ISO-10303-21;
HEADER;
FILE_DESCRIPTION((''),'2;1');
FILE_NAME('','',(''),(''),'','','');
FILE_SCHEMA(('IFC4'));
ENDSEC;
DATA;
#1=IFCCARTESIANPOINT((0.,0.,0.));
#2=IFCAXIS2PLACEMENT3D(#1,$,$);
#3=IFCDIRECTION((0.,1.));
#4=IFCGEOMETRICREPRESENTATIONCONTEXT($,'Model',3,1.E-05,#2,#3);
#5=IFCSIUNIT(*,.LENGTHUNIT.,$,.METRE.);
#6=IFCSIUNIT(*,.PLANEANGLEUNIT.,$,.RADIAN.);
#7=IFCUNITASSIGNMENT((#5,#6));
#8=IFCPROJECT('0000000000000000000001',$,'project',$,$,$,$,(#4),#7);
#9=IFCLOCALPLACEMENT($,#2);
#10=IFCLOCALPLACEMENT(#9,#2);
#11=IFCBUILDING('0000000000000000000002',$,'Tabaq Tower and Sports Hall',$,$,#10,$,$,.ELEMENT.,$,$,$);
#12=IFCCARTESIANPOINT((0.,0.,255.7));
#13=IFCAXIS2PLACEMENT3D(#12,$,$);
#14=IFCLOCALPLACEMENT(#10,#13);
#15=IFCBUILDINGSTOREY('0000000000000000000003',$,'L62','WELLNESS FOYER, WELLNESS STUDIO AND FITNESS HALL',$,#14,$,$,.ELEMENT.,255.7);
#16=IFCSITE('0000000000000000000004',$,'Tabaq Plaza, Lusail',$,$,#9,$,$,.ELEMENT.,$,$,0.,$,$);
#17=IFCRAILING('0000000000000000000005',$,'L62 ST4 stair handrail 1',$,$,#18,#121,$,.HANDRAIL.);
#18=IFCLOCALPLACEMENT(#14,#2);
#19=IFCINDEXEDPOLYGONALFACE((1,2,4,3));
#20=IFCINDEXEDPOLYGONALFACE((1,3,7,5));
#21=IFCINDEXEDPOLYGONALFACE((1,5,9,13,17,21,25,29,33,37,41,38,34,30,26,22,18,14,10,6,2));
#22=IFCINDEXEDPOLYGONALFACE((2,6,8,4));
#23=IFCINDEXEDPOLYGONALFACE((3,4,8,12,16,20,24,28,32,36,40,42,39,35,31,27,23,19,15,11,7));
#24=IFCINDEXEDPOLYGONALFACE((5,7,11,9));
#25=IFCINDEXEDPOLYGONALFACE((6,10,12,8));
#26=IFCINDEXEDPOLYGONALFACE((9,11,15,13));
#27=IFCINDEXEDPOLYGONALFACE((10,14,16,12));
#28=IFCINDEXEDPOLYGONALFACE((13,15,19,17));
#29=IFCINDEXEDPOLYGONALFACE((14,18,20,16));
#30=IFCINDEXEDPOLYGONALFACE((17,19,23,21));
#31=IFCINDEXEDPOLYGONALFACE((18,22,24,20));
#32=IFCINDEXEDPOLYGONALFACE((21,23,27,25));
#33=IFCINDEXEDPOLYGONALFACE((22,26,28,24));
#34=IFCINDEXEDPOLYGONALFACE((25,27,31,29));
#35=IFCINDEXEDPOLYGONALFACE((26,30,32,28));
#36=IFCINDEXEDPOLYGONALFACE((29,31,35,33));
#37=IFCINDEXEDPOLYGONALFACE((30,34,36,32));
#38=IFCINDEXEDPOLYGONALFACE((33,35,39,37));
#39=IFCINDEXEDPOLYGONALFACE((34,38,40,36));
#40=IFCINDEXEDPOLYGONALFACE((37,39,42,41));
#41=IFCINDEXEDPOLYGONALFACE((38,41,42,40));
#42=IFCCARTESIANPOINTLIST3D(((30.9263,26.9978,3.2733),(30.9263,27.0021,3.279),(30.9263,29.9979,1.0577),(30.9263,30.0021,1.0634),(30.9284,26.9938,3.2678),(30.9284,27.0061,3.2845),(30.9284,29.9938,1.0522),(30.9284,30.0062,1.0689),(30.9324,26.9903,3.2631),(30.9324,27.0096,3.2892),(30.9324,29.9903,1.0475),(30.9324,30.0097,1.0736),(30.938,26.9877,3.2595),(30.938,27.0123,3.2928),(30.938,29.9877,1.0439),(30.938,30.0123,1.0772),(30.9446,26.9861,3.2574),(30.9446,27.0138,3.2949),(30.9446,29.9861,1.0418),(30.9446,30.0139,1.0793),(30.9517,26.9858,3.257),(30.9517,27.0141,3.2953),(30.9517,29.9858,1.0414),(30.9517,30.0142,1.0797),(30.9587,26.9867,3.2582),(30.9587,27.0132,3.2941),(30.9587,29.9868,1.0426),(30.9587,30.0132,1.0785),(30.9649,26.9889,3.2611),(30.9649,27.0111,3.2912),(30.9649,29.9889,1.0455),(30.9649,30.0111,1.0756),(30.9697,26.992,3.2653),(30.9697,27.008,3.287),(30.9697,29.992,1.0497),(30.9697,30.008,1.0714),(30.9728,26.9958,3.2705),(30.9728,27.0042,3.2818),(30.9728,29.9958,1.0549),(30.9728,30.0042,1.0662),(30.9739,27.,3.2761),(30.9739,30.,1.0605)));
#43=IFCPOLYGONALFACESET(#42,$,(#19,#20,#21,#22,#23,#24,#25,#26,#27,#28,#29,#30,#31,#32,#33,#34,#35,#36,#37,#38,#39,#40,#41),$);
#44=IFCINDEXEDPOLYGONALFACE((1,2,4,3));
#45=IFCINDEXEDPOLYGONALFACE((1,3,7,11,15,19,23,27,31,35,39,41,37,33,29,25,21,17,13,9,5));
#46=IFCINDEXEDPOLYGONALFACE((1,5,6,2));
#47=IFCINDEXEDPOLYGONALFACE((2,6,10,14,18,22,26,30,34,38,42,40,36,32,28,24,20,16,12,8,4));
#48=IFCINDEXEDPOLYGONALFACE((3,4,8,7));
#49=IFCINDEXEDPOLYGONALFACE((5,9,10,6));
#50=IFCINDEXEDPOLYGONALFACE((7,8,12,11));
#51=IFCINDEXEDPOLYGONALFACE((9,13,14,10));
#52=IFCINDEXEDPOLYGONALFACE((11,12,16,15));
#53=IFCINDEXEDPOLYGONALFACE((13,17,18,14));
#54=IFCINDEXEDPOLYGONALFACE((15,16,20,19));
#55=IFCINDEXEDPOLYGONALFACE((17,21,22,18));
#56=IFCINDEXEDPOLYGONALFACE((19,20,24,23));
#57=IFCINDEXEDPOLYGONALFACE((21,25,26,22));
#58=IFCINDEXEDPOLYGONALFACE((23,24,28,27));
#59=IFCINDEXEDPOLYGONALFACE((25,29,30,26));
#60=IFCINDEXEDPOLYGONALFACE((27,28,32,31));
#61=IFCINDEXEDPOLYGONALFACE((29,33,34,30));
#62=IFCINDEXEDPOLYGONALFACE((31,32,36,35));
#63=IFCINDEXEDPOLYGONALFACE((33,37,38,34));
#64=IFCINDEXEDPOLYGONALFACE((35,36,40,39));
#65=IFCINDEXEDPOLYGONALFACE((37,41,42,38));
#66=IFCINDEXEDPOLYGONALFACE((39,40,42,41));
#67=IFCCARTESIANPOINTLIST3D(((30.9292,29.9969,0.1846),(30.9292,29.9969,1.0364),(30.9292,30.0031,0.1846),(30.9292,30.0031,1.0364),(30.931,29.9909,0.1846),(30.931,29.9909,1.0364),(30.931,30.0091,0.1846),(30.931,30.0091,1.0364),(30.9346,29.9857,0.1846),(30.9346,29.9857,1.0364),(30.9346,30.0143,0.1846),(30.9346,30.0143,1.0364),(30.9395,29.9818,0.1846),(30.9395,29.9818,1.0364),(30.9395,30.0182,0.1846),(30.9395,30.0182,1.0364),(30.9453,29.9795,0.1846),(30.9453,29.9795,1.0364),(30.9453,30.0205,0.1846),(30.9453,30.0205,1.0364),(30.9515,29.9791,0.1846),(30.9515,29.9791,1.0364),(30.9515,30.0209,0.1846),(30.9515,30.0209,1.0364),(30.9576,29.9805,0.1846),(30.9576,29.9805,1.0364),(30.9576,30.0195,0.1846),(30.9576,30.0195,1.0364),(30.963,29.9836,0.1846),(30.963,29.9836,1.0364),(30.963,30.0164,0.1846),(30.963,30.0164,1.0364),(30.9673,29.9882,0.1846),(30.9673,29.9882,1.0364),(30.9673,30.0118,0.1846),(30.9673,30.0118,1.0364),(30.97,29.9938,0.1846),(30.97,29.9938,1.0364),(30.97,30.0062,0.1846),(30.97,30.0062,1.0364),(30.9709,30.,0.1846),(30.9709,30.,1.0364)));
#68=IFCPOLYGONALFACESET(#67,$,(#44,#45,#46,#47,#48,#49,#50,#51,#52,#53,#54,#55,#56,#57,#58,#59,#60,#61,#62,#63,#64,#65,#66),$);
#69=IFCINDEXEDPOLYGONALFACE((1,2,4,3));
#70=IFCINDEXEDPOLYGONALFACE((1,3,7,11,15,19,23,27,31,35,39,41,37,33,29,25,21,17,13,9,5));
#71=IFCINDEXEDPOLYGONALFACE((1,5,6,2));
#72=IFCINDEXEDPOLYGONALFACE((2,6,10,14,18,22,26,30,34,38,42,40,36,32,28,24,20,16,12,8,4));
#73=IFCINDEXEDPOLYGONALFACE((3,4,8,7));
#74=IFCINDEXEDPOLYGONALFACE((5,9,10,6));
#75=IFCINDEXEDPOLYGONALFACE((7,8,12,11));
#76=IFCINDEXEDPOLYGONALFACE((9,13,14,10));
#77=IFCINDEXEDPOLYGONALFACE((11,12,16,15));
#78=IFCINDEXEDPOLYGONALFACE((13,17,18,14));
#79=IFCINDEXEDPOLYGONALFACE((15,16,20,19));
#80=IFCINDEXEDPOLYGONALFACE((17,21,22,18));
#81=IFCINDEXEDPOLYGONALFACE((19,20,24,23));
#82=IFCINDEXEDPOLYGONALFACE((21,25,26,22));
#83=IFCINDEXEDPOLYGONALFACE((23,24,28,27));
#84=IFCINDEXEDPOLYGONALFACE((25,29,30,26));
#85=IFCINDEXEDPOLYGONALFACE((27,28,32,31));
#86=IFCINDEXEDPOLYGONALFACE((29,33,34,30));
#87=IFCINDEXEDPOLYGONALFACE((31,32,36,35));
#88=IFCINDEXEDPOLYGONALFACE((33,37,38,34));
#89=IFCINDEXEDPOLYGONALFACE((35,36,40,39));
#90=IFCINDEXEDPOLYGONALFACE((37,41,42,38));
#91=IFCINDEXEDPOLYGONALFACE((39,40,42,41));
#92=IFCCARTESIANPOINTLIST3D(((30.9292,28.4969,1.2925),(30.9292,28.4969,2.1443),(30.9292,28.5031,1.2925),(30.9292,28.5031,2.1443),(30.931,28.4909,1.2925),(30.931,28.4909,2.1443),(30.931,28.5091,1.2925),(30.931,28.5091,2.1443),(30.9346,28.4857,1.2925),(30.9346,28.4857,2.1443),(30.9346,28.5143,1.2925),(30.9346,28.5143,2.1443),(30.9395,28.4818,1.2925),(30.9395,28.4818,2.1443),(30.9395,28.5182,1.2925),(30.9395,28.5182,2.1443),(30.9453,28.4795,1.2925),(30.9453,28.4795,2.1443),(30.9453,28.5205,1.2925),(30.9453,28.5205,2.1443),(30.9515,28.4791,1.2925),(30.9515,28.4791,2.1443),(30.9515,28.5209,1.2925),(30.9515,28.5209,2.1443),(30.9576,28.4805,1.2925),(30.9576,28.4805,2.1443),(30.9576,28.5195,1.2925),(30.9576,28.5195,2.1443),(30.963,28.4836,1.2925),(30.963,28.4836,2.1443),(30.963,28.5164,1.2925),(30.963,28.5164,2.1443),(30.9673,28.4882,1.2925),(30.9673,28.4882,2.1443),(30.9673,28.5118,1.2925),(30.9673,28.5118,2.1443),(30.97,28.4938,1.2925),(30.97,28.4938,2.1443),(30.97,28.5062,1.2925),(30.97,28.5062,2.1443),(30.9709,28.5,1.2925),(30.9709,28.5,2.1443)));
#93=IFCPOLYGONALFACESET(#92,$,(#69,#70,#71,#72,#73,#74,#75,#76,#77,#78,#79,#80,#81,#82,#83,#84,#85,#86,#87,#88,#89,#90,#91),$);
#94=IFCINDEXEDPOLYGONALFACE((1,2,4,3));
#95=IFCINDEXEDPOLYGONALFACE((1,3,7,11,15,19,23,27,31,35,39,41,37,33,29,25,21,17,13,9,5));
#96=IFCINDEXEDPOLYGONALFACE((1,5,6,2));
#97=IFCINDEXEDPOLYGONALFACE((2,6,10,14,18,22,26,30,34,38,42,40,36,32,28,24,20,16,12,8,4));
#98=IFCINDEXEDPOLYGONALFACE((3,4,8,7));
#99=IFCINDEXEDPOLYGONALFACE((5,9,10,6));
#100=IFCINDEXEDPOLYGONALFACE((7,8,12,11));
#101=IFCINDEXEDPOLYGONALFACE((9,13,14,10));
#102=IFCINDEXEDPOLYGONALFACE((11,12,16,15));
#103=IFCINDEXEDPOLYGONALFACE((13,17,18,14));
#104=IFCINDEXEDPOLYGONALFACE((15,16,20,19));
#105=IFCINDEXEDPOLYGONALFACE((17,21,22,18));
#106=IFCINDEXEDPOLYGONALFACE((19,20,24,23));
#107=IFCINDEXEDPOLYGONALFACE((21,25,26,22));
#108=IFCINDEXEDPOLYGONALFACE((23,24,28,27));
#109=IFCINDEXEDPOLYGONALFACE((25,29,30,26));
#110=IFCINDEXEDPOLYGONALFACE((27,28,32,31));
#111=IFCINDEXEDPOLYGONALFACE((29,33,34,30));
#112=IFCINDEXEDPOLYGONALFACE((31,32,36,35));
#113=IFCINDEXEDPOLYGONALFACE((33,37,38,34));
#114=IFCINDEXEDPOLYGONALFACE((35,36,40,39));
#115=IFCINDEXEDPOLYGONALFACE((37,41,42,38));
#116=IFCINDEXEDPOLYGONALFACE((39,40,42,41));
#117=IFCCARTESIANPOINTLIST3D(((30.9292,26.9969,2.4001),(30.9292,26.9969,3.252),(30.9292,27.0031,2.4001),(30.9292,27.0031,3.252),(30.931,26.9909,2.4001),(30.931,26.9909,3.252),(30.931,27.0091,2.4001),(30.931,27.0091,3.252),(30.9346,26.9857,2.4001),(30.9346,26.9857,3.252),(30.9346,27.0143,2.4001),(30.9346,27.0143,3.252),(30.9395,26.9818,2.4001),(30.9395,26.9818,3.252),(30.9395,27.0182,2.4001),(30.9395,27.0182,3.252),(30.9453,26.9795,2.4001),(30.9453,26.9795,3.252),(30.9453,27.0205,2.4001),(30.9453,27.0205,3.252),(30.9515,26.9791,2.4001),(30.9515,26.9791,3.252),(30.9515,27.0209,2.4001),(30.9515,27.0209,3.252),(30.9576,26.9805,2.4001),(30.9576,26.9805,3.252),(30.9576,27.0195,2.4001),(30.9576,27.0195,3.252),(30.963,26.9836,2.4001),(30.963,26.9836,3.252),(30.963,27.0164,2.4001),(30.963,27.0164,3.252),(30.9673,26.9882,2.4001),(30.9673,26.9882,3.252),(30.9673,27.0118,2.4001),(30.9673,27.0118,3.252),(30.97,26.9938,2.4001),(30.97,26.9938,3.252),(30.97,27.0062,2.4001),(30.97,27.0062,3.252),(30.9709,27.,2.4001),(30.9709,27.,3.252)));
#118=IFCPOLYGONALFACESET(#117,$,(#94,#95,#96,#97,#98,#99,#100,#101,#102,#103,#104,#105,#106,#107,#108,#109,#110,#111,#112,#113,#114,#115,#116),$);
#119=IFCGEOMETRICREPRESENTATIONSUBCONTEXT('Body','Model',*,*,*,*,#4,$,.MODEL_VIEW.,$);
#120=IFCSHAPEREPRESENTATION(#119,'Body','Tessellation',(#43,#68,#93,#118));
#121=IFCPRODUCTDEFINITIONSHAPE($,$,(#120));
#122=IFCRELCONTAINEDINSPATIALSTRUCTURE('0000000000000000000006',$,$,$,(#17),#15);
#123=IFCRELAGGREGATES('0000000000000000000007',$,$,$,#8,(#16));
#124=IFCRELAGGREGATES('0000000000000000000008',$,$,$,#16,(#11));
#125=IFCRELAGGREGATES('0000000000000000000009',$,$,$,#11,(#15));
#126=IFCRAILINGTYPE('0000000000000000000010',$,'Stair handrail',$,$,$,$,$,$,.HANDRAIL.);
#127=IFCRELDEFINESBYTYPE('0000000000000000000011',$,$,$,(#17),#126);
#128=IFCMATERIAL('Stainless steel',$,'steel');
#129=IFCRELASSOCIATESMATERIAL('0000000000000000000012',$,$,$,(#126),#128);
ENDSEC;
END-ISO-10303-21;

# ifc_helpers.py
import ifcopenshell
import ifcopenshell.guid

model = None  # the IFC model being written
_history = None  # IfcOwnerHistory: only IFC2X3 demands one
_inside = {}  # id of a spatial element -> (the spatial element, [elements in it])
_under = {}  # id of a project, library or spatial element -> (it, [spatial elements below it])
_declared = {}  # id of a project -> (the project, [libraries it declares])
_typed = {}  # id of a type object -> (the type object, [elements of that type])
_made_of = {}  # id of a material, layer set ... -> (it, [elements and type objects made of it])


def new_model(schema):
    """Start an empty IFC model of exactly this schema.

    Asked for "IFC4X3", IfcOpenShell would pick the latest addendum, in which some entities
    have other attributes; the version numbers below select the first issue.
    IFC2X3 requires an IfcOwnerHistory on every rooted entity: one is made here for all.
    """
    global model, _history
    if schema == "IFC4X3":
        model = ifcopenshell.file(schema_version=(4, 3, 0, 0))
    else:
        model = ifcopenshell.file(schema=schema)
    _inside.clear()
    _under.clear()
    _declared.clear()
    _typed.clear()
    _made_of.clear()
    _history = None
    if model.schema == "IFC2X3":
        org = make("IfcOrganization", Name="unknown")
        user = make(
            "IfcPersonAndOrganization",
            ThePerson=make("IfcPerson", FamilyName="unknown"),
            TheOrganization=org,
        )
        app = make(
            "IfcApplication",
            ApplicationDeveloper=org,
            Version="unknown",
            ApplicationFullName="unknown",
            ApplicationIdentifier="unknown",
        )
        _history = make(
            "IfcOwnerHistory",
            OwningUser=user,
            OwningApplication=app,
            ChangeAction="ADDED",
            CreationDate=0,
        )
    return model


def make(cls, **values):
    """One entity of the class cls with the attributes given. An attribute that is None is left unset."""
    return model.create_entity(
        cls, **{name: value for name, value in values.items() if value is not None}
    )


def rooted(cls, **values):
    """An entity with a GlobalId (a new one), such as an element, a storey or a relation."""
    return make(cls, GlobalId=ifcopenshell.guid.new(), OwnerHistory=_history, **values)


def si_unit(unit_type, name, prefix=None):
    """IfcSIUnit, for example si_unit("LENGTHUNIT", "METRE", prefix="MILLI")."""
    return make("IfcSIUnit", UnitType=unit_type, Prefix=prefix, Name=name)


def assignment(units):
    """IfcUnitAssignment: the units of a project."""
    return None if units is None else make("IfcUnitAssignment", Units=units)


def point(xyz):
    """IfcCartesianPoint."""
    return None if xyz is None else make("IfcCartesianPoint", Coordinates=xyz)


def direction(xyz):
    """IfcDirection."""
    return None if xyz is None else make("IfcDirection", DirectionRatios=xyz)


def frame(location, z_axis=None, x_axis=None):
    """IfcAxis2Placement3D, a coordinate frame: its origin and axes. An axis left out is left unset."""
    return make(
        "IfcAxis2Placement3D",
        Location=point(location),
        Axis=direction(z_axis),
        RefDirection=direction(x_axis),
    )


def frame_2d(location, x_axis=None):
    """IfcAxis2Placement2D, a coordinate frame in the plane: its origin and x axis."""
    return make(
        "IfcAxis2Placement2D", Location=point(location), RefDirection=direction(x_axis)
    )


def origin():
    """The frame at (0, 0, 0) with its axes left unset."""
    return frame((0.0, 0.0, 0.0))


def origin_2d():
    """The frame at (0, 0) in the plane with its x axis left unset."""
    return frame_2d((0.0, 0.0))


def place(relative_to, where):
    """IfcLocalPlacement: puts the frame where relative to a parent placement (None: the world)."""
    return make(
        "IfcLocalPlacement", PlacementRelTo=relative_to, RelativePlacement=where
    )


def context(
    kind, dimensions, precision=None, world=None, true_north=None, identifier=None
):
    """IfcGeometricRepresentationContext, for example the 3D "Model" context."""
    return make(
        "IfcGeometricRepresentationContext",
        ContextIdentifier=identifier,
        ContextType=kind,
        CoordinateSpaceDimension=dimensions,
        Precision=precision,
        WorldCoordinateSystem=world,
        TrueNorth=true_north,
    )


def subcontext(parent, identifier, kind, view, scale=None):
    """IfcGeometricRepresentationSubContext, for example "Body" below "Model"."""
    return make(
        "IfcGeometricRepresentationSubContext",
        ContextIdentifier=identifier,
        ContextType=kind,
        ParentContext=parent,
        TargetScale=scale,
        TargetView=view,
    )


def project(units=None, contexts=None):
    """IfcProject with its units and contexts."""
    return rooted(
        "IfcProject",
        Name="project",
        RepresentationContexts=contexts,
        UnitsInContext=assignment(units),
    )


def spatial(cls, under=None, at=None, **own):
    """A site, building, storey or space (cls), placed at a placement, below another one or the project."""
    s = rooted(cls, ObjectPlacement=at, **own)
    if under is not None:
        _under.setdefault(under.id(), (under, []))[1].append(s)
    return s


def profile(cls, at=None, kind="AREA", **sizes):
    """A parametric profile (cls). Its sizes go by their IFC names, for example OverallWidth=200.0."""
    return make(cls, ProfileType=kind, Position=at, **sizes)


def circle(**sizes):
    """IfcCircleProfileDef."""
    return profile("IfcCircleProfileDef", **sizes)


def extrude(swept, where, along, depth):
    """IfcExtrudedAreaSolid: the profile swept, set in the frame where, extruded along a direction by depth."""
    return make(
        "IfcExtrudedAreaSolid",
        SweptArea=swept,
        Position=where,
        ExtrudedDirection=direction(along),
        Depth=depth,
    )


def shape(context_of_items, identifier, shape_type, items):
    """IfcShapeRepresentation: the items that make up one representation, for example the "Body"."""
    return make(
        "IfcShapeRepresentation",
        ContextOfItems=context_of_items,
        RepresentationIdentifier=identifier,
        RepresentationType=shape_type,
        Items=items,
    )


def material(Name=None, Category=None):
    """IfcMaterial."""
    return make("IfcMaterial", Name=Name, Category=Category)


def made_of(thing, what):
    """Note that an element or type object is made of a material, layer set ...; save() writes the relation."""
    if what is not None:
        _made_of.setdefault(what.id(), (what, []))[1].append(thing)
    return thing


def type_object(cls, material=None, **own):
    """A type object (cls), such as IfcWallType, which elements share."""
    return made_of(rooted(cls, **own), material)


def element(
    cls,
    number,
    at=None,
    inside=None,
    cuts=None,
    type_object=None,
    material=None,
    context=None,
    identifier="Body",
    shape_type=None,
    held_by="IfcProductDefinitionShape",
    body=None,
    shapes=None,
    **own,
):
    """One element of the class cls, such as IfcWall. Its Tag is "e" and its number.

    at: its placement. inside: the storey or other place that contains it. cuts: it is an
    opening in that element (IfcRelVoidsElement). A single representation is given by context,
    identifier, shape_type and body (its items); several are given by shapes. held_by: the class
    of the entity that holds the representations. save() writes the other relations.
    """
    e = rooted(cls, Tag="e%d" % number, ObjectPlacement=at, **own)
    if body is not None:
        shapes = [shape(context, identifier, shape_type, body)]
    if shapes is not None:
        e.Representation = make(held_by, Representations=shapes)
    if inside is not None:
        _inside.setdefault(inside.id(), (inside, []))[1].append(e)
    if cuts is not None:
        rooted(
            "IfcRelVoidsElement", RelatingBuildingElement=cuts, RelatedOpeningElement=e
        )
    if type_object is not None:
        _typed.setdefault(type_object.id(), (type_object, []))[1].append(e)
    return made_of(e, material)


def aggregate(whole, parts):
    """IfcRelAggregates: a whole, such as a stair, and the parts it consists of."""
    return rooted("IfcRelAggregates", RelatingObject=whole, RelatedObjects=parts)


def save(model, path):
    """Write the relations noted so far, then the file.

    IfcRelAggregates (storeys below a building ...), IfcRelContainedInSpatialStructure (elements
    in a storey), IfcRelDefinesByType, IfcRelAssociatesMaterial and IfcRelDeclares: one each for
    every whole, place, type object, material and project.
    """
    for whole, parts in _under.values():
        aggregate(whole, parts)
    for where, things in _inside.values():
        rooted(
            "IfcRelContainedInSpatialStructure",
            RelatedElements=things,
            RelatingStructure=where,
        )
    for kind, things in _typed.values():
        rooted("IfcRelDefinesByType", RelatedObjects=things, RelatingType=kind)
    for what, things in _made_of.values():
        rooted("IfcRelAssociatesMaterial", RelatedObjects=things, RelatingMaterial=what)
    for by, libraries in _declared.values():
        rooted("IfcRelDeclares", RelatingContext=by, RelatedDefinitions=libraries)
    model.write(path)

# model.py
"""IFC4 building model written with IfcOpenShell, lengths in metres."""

from ifc_helpers import new_model, si_unit, direction, frame, origin, origin_2d, place, context, subcontext, project, spatial, circle, extrude, material, type_object, element, save


model = new_model("IFC4")

# Units and contexts
model_context = context("Model", 3, precision=1e-05, world=origin(), true_north=direction((0.0, 1.0)))
body_context = subcontext(model_context, "Body", "Model", "MODEL_VIEW")
ifc_project = project(units=[si_unit("LENGTHUNIT", "METRE"), si_unit("PLANEANGLEUNIT", "RADIAN")], contexts=[model_context])

# Site, building, storey
site_placement = place(None, origin())
site = spatial("IfcSite", under=ifc_project, at=site_placement, Name="Tabaq Plaza, Lusail", CompositionType="ELEMENT", RefElevation=0.0)
building_placement = place(site_placement, origin())
building = spatial("IfcBuilding", under=site, at=building_placement, Name="Tabaq Tower and Sports Hall", CompositionType="ELEMENT")
storey_placement = place(building_placement, frame((0.0, 0.0, 255.7)))
storey = spatial("IfcBuildingStorey", under=building, at=storey_placement, Name="L62", Description="WELLNESS FOYER, WELLNESS STUDIO AND FITNESS HALL", CompositionType="ELEMENT", Elevation=255.7)

# Railing
ifc_material_1 = material(Name="Stainless steel", Category="steel")
railing_type_1 = type_object("IfcRailingType", Name="Stair handrail", PredefinedType="HANDRAIL", material=ifc_material_1)
railing_1_placement = place(storey_placement, frame((30.95, 30.0, 0.1846)))
element("IfcRailing", 1, at=railing_1_placement, inside=storey, type_object=railing_type_1, Name="L62 ST4 stair handrail 1", PredefinedType="HANDRAIL", context=body_context, shape_type="SweptSolid", body=[
    extrude(circle(Radius=0.0239, at=origin_2d()), frame((0.0, 0.0, 0.876), z_axis=(0.0, -0.804409, 0.594076), x_axis=(1.0, 0.0, 0.0)), (0.0, 0.0, 1.0), 3.7295),
    extrude(circle(Radius=0.021, at=origin_2d()), origin(), (0.0, 0.0, 1.0), 0.8518),
    extrude(circle(Radius=0.021, at=origin_2d()), frame((0.0, -1.5, 1.1079)), (0.0, 0.0, 1.0), 0.8518),
    extrude(circle(Radius=0.021, at=origin_2d()), frame((0.0, -3.0, 2.2156)), (0.0, 0.0, 1.0), 0.8518),
])

save(model, "model.ifc")
